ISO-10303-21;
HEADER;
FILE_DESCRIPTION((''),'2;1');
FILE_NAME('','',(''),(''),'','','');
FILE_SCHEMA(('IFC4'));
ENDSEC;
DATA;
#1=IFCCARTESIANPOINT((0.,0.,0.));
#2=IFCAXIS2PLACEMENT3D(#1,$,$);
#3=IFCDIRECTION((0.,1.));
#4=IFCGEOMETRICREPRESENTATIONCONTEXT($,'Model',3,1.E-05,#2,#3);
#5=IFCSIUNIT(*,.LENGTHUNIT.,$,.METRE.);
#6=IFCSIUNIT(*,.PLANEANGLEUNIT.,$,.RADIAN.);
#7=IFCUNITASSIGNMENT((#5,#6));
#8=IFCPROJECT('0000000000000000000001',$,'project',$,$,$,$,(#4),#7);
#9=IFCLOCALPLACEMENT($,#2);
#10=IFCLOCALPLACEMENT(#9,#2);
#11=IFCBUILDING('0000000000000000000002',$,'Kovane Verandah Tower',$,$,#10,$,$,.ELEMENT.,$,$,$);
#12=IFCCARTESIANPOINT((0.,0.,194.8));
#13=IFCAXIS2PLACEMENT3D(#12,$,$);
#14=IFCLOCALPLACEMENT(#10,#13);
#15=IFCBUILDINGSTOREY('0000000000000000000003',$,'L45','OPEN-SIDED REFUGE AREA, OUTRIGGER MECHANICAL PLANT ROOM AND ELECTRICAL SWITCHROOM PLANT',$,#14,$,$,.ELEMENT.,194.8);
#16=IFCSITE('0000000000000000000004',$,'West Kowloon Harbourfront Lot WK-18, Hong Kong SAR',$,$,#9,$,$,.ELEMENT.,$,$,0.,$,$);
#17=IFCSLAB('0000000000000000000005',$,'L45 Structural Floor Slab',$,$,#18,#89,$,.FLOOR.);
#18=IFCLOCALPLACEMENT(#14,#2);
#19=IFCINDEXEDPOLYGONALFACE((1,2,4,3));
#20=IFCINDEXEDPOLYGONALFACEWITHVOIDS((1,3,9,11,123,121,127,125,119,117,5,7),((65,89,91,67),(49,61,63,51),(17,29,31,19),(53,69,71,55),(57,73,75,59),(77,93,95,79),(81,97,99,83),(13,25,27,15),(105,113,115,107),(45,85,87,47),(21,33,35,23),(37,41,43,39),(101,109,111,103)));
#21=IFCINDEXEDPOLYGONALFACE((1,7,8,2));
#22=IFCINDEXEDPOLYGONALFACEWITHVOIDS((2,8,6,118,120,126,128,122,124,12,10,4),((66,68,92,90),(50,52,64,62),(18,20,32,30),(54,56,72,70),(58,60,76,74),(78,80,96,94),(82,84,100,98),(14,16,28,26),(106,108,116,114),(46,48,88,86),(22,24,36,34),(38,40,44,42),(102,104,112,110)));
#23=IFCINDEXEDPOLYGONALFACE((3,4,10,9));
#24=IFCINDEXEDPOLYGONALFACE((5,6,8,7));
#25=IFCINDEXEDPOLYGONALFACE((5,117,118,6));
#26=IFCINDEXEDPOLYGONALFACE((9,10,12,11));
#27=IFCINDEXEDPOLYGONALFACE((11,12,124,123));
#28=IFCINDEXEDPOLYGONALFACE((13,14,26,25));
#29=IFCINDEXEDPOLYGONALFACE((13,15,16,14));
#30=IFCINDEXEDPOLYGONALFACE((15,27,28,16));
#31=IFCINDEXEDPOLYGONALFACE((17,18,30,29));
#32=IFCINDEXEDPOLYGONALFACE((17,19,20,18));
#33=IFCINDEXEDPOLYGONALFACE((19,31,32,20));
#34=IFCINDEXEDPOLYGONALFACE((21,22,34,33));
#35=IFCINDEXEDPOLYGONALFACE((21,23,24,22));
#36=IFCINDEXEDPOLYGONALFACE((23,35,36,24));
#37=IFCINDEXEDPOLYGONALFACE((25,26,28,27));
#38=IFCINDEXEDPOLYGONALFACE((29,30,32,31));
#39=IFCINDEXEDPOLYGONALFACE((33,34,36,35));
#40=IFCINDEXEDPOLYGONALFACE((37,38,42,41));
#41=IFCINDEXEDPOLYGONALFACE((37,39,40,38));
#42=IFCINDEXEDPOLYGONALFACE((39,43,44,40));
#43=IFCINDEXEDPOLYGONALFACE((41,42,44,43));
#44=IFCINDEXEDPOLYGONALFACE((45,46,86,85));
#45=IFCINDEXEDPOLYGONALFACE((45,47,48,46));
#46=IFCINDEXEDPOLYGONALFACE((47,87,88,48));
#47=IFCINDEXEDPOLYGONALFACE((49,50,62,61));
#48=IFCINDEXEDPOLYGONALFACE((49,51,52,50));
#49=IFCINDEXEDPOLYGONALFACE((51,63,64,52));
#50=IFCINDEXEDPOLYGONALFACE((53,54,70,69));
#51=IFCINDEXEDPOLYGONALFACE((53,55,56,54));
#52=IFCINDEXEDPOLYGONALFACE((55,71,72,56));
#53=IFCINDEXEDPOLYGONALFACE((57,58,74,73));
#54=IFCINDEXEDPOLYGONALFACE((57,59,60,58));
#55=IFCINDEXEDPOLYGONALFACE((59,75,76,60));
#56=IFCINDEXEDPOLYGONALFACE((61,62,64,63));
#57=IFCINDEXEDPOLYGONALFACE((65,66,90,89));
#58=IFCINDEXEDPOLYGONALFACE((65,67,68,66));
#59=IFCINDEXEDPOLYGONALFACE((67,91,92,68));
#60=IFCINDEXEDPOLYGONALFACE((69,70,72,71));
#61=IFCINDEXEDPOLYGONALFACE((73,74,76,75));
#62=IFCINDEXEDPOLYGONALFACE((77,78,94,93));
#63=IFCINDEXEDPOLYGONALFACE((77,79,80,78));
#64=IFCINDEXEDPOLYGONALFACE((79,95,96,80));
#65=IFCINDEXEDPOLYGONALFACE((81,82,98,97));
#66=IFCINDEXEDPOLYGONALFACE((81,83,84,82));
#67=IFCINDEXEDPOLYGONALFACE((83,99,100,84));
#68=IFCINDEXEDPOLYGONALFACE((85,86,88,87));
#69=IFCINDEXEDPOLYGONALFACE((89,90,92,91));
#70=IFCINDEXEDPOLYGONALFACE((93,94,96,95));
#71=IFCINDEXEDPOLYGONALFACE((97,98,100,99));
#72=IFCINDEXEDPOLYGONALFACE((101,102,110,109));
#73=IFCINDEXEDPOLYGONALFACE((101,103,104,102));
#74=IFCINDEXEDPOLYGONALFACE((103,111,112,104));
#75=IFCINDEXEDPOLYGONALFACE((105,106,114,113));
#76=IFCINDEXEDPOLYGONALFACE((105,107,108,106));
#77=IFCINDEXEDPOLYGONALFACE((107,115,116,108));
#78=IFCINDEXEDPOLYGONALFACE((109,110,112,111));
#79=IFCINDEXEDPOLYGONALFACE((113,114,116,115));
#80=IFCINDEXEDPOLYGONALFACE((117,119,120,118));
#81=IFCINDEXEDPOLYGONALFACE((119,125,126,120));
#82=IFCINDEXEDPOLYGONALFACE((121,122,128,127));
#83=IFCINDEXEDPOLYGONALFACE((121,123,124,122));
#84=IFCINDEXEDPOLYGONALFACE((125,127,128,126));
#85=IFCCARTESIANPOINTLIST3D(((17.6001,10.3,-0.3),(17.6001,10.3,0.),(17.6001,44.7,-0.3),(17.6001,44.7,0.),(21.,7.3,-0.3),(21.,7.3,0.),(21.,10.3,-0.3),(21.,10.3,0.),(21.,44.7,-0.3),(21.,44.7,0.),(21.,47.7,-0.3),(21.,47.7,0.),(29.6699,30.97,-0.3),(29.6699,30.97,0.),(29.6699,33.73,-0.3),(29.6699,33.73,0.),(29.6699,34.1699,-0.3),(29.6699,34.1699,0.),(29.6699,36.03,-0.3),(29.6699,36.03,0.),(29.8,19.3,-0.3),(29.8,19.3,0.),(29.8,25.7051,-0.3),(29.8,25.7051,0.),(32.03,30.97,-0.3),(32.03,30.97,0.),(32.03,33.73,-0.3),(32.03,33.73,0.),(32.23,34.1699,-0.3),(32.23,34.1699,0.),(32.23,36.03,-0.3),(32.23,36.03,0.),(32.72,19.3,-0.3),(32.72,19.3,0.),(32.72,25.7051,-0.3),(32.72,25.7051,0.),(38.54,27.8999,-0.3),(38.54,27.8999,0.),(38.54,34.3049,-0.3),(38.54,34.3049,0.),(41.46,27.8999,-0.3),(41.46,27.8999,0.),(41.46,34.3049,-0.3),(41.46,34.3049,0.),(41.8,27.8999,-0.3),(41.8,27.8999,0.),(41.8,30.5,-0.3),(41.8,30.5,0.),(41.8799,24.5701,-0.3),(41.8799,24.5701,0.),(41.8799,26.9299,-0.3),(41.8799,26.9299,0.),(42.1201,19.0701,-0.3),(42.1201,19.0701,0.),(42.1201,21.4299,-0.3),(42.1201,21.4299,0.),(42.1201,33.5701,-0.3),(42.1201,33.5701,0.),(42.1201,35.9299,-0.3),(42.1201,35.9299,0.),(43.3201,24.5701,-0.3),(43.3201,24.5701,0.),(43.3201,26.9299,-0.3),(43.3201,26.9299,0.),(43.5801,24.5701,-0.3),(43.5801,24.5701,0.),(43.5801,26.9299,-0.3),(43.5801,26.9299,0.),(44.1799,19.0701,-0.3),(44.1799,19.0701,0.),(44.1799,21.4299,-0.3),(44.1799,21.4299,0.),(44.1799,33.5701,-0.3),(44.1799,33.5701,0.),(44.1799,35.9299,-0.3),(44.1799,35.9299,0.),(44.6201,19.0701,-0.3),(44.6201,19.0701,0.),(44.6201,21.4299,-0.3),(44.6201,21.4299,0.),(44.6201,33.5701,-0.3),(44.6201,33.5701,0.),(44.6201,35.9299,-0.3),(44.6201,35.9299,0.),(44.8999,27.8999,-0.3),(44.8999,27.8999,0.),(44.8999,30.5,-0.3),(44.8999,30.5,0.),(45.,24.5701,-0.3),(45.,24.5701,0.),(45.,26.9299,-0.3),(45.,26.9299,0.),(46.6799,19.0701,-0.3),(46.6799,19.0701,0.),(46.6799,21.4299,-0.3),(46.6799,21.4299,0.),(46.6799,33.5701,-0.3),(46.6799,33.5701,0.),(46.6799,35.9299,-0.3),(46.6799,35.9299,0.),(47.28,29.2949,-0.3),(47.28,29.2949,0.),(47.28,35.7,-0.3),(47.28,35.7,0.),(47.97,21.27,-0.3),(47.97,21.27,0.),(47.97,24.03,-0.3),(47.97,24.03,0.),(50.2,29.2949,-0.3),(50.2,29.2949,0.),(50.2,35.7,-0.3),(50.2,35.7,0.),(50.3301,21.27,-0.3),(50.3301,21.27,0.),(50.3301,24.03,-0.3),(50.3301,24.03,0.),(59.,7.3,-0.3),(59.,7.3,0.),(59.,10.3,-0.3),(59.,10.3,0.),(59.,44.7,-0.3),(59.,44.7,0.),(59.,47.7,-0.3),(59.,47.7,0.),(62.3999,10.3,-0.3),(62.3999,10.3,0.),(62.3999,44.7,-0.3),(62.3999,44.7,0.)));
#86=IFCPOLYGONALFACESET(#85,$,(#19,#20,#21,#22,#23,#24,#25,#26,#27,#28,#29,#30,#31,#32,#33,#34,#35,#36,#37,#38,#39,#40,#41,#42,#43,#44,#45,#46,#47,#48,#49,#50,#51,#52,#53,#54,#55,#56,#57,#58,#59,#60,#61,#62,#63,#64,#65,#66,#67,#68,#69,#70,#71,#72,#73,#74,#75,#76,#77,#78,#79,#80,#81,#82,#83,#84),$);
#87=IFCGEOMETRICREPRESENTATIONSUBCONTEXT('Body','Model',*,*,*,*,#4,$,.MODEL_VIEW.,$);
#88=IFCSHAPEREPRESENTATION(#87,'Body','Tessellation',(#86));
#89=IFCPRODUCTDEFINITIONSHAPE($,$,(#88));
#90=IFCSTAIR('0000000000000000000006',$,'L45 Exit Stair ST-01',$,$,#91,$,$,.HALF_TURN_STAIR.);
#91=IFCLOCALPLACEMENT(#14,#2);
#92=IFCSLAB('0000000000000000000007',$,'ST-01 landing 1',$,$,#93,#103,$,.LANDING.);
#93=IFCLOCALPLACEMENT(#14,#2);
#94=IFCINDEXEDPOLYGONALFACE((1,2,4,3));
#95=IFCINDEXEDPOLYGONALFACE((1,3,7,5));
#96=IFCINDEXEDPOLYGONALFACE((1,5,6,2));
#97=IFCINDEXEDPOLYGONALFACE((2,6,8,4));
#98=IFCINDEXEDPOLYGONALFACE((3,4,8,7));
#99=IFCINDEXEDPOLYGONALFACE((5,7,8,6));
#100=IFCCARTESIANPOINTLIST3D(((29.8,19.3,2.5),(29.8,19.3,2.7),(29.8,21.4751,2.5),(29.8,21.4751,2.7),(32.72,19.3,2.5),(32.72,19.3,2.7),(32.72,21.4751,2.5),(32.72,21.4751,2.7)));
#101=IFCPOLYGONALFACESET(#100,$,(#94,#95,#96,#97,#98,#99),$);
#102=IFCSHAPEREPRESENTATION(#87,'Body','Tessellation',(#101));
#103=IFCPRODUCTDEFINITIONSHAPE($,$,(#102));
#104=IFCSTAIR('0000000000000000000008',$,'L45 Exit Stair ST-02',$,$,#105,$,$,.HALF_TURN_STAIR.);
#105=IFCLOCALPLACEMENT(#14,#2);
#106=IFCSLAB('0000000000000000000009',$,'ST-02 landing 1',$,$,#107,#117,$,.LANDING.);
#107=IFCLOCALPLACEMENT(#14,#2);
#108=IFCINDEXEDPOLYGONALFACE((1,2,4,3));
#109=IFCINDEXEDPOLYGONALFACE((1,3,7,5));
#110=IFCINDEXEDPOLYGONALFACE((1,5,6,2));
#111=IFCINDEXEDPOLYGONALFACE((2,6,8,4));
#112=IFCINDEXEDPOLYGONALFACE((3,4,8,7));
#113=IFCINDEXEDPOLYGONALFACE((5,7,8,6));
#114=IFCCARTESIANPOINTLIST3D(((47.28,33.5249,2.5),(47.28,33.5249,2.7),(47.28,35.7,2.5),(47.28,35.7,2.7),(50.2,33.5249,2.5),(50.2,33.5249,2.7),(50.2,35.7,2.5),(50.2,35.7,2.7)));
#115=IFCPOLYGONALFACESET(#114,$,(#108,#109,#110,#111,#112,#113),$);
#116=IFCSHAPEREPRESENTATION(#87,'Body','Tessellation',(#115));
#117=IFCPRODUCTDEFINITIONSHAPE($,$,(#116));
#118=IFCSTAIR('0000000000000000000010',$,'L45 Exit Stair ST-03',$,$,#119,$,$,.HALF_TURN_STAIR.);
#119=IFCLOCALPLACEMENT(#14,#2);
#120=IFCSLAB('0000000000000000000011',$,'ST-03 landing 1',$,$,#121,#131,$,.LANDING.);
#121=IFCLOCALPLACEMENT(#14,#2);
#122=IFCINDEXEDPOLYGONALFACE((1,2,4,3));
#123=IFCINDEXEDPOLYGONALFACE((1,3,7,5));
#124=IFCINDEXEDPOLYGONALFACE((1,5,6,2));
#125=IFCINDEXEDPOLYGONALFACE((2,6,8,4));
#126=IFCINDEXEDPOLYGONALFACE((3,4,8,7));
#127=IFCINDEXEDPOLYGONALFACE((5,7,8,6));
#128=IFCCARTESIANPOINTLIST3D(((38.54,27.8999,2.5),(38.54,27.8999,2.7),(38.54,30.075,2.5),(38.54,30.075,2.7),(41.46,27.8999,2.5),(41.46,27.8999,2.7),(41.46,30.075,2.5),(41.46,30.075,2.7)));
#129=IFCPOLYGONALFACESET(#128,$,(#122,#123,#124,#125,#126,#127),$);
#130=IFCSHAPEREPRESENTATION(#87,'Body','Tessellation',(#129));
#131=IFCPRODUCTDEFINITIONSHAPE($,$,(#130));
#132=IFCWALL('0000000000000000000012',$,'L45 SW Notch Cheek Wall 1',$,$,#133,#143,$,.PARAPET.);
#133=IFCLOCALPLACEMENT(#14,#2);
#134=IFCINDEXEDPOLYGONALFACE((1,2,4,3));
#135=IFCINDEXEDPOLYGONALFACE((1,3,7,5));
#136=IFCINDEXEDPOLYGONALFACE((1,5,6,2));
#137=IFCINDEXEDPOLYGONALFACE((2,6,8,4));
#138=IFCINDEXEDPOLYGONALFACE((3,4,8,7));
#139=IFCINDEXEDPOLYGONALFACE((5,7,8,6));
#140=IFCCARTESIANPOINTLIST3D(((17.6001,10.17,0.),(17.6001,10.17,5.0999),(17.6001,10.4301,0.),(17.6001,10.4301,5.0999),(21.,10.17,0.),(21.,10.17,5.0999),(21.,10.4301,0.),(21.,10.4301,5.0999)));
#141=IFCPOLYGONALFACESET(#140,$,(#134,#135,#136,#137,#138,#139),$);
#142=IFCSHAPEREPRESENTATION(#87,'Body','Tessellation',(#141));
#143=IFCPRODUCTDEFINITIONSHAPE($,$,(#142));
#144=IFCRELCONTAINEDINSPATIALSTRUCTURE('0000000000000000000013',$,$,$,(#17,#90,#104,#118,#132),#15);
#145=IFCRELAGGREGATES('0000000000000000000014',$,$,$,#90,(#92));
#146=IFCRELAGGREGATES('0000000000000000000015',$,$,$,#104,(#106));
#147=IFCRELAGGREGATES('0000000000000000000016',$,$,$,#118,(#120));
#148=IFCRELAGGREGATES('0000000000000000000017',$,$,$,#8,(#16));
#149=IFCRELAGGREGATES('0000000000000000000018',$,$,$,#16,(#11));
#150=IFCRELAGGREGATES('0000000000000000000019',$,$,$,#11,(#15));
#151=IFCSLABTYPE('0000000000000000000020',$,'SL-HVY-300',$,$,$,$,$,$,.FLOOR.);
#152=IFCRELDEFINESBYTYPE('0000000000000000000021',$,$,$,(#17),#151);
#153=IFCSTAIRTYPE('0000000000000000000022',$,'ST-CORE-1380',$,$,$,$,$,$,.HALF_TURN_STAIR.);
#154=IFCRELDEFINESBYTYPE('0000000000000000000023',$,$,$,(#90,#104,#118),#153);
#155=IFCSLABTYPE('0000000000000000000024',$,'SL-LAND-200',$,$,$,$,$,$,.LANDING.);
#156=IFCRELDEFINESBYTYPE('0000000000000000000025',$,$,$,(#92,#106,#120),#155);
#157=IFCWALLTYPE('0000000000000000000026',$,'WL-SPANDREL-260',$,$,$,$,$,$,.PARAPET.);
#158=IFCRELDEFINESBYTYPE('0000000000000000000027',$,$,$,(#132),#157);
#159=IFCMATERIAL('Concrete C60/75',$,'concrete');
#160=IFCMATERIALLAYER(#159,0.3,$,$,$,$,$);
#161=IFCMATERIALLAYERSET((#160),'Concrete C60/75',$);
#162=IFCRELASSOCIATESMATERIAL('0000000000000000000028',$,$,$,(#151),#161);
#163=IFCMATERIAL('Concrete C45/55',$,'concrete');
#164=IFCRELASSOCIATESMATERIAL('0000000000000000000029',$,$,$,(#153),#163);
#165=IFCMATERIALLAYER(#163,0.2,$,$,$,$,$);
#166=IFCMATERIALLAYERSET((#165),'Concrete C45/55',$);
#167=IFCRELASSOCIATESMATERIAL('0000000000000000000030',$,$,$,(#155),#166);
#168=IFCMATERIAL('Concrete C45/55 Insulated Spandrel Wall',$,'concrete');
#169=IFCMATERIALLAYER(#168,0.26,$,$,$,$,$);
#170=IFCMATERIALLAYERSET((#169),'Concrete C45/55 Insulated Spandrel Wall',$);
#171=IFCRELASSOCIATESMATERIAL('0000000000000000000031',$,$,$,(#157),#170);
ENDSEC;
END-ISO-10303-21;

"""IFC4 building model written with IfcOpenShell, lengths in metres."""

from ifc_helpers import new_model, si_unit, direction, frame, frame_2d, origin, place, context, subcontext, project, spatial, polyline, rectangle, outline, extrude, material, layer, layer_set, type_object, element, aggregate, save


model = new_model("IFC4")

# Units and contexts
model_context = context("Model", 3, precision=1e-05, world=origin(), true_north=direction((0.0, 1.0)))
body_context = subcontext(model_context, "Body", "Model", "MODEL_VIEW")
ifc_project = project(units=[si_unit("LENGTHUNIT", "METRE"), si_unit("PLANEANGLEUNIT", "RADIAN")], contexts=[model_context])

# Site, building, storey
site_placement = place(None, origin())
site = spatial("IfcSite", under=ifc_project, at=site_placement, Name="West Kowloon Harbourfront Lot WK-18, Hong Kong SAR", CompositionType="ELEMENT", RefElevation=0.0)
building_placement = place(site_placement, origin())
building = spatial("IfcBuilding", under=site, at=building_placement, Name="Kovane Verandah Tower", CompositionType="ELEMENT")
storey_placement = place(building_placement, frame((0.0, 0.0, 194.8)))
storey = spatial("IfcBuildingStorey", under=building, at=storey_placement, Name="L45", Description="OPEN-SIDED REFUGE AREA, OUTRIGGER MECHANICAL PLANT ROOM AND ELECTRICAL SWITCHROOM PLANT", CompositionType="ELEMENT", Elevation=194.8)

# Slab
ifc_material_1 = material(Name="Concrete C60/75", Category="concrete")
ifc_layer_1 = layer(ifc_material_1, 0.3)
ifc_layer_set_1 = layer_set([ifc_layer_1], Name="Concrete C60/75")
slab_type_1 = type_object("IfcSlabType", Name="SL-HVY-300", PredefinedType="FLOOR", material=ifc_layer_set_1)
slab_1_placement = place(storey_placement, frame((0.0, 0.0, -0.3)))
element("IfcSlab", 1, at=slab_1_placement, inside=storey, type_object=slab_type_1, Name="L45 Structural Floor Slab", PredefinedType="FLOOR", context=body_context, shape_type="SweptSolid", body=[
    extrude(outline(polyline([(21.0, 7.3), (59.0, 7.3), (59.0, 10.3), (62.3999, 10.3), (62.3999, 44.7), (59.0, 44.7), (59.0, 47.7), (21.0, 47.7), (21.0, 44.7), (17.6001, 44.7), (17.6001, 10.3), (21.0, 10.3), (21.0, 7.3)]), holes=[polyline([(29.8, 19.3), (32.72, 19.3), (32.72, 25.7051), (29.8, 25.7051), (29.8, 19.3)]), polyline([(47.28, 29.2949), (50.2, 29.2949), (50.2, 35.7), (47.28, 35.7), (47.28, 29.2949)]), polyline([(38.54, 27.8999), (41.46, 27.8999), (41.46, 34.3049), (38.54, 34.3049), (38.54, 27.8999)]), polyline([(29.6699, 30.97), (32.03, 30.97), (32.03, 33.73), (29.6699, 33.73), (29.6699, 30.97)]), polyline([(47.97, 21.27), (50.3301, 21.27), (50.3301, 24.03), (47.97, 24.03), (47.97, 21.27)]), polyline([(29.6699, 34.1699), (32.23, 34.1699), (32.23, 36.03), (29.6699, 36.03), (29.6699, 34.1699)]), polyline([(42.1201, 19.0701), (44.1799, 19.0701), (44.1799, 21.4299), (42.1201, 21.4299), (42.1201, 19.0701)]), polyline([(44.6201, 19.0701), (46.6799, 19.0701), (46.6799, 21.4299), (44.6201, 21.4299), (44.6201, 19.0701)]), polyline([(41.8799, 24.5701), (43.3201, 24.5701), (43.3201, 26.9299), (41.8799, 26.9299), (41.8799, 24.5701)]), polyline([(43.5801, 24.5701), (45.0, 24.5701), (45.0, 26.9299), (43.5801, 26.9299), (43.5801, 24.5701)]), polyline([(42.1201, 33.5701), (44.1799, 33.5701), (44.1799, 35.9299), (42.1201, 35.9299), (42.1201, 33.5701)]), polyline([(44.6201, 33.5701), (46.6799, 33.5701), (46.6799, 35.9299), (44.6201, 35.9299), (44.6201, 33.5701)]), polyline([(41.8, 27.8999), (44.8999, 27.8999), (44.8999, 30.5), (41.8, 30.5), (41.8, 27.8999)])]), origin(), (0.0, 0.0, 1.0), 0.3),
])

# Stairs, slabs
ifc_material_2 = material(Name="Concrete C45/55", Category="concrete")
stair_type = type_object("IfcStairType", Name="ST-CORE-1380", PredefinedType="HALF_TURN_STAIR", material=ifc_material_2)
stair_1_placement = place(storey_placement, origin())
stair_1 = element("IfcStair", 2, at=stair_1_placement, inside=storey, type_object=stair_type, Name="L45 Exit Stair ST-01", PredefinedType="HALF_TURN_STAIR")
ifc_layer_2 = layer(ifc_material_2, 0.2)
ifc_layer_set_2 = layer_set([ifc_layer_2], Name="Concrete C45/55")
slab_type_2 = type_object("IfcSlabType", Name="SL-LAND-200", PredefinedType="LANDING", material=ifc_layer_set_2)
slab_2_placement = place(storey_placement, frame((0.0, 0.0, 2.5)))
slab_2 = element("IfcSlab", 3, at=slab_2_placement, type_object=slab_type_2, Name="ST-01 landing 1", PredefinedType="LANDING", context=body_context, shape_type="SweptSolid", body=[
    extrude(outline(polyline([(29.8, 21.4751), (29.8, 19.3), (32.72, 19.3), (32.72, 21.4751), (29.8, 21.4751)])), origin(), (0.0, 0.0, 1.0), 0.2),
])
aggregate(stair_1, [slab_2])
stair_2_placement = place(storey_placement, origin())
stair_2 = element("IfcStair", 4, at=stair_2_placement, inside=storey, type_object=stair_type, Name="L45 Exit Stair ST-02", PredefinedType="HALF_TURN_STAIR")
slab_3_placement = place(storey_placement, frame((0.0, 0.0, 2.5)))
slab_3 = element("IfcSlab", 5, at=slab_3_placement, type_object=slab_type_2, Name="ST-02 landing 1", PredefinedType="LANDING", context=body_context, shape_type="SweptSolid", body=[
    extrude(outline(polyline([(50.2, 33.5249), (50.2, 35.7), (47.28, 35.7), (47.28, 33.5249), (50.2, 33.5249)])), origin(), (0.0, 0.0, 1.0), 0.2),
])
aggregate(stair_2, [slab_3])
stair_3_placement = place(storey_placement, origin())
stair_3 = element("IfcStair", 6, at=stair_3_placement, inside=storey, type_object=stair_type, Name="L45 Exit Stair ST-03", PredefinedType="HALF_TURN_STAIR")
slab_4_placement = place(storey_placement, frame((0.0, 0.0, 2.5)))
slab_4 = element("IfcSlab", 7, at=slab_4_placement, type_object=slab_type_2, Name="ST-03 landing 1", PredefinedType="LANDING", context=body_context, shape_type="SweptSolid", body=[
    extrude(outline(polyline([(38.54, 30.075), (38.54, 27.8999), (41.46, 27.8999), (41.46, 30.075), (38.54, 30.075)])), origin(), (0.0, 0.0, 1.0), 0.2),
])
aggregate(stair_3, [slab_4])

# Wall
ifc_material_3 = material(Name="Concrete C45/55 Insulated Spandrel Wall", Category="concrete")
ifc_layer_3 = layer(ifc_material_3, 0.26)
ifc_layer_set_3 = layer_set([ifc_layer_3], Name="Concrete C45/55 Insulated Spandrel Wall")
wall_type = type_object("IfcWallType", Name="WL-SPANDREL-260", PredefinedType="PARAPET", material=ifc_layer_set_3)
wall_placement = place(storey_placement, frame((17.6001, 10.3, 0.0), z_axis=(0.0, 0.0, 1.0), x_axis=(1.0, 0.0, 0.0)))
element("IfcWall", 8, at=wall_placement, inside=storey, type_object=wall_type, Name="L45 SW Notch Cheek Wall 1", PredefinedType="PARAPET", context=body_context, shape_type="SweptSolid", body=[
    extrude(rectangle(XDim=3.3999, YDim=0.26, at=frame_2d((1.7, 0.0))), origin(), (0.0, 0.0, 1.0), 5.0999),
])

save(model, "model.ifc")
